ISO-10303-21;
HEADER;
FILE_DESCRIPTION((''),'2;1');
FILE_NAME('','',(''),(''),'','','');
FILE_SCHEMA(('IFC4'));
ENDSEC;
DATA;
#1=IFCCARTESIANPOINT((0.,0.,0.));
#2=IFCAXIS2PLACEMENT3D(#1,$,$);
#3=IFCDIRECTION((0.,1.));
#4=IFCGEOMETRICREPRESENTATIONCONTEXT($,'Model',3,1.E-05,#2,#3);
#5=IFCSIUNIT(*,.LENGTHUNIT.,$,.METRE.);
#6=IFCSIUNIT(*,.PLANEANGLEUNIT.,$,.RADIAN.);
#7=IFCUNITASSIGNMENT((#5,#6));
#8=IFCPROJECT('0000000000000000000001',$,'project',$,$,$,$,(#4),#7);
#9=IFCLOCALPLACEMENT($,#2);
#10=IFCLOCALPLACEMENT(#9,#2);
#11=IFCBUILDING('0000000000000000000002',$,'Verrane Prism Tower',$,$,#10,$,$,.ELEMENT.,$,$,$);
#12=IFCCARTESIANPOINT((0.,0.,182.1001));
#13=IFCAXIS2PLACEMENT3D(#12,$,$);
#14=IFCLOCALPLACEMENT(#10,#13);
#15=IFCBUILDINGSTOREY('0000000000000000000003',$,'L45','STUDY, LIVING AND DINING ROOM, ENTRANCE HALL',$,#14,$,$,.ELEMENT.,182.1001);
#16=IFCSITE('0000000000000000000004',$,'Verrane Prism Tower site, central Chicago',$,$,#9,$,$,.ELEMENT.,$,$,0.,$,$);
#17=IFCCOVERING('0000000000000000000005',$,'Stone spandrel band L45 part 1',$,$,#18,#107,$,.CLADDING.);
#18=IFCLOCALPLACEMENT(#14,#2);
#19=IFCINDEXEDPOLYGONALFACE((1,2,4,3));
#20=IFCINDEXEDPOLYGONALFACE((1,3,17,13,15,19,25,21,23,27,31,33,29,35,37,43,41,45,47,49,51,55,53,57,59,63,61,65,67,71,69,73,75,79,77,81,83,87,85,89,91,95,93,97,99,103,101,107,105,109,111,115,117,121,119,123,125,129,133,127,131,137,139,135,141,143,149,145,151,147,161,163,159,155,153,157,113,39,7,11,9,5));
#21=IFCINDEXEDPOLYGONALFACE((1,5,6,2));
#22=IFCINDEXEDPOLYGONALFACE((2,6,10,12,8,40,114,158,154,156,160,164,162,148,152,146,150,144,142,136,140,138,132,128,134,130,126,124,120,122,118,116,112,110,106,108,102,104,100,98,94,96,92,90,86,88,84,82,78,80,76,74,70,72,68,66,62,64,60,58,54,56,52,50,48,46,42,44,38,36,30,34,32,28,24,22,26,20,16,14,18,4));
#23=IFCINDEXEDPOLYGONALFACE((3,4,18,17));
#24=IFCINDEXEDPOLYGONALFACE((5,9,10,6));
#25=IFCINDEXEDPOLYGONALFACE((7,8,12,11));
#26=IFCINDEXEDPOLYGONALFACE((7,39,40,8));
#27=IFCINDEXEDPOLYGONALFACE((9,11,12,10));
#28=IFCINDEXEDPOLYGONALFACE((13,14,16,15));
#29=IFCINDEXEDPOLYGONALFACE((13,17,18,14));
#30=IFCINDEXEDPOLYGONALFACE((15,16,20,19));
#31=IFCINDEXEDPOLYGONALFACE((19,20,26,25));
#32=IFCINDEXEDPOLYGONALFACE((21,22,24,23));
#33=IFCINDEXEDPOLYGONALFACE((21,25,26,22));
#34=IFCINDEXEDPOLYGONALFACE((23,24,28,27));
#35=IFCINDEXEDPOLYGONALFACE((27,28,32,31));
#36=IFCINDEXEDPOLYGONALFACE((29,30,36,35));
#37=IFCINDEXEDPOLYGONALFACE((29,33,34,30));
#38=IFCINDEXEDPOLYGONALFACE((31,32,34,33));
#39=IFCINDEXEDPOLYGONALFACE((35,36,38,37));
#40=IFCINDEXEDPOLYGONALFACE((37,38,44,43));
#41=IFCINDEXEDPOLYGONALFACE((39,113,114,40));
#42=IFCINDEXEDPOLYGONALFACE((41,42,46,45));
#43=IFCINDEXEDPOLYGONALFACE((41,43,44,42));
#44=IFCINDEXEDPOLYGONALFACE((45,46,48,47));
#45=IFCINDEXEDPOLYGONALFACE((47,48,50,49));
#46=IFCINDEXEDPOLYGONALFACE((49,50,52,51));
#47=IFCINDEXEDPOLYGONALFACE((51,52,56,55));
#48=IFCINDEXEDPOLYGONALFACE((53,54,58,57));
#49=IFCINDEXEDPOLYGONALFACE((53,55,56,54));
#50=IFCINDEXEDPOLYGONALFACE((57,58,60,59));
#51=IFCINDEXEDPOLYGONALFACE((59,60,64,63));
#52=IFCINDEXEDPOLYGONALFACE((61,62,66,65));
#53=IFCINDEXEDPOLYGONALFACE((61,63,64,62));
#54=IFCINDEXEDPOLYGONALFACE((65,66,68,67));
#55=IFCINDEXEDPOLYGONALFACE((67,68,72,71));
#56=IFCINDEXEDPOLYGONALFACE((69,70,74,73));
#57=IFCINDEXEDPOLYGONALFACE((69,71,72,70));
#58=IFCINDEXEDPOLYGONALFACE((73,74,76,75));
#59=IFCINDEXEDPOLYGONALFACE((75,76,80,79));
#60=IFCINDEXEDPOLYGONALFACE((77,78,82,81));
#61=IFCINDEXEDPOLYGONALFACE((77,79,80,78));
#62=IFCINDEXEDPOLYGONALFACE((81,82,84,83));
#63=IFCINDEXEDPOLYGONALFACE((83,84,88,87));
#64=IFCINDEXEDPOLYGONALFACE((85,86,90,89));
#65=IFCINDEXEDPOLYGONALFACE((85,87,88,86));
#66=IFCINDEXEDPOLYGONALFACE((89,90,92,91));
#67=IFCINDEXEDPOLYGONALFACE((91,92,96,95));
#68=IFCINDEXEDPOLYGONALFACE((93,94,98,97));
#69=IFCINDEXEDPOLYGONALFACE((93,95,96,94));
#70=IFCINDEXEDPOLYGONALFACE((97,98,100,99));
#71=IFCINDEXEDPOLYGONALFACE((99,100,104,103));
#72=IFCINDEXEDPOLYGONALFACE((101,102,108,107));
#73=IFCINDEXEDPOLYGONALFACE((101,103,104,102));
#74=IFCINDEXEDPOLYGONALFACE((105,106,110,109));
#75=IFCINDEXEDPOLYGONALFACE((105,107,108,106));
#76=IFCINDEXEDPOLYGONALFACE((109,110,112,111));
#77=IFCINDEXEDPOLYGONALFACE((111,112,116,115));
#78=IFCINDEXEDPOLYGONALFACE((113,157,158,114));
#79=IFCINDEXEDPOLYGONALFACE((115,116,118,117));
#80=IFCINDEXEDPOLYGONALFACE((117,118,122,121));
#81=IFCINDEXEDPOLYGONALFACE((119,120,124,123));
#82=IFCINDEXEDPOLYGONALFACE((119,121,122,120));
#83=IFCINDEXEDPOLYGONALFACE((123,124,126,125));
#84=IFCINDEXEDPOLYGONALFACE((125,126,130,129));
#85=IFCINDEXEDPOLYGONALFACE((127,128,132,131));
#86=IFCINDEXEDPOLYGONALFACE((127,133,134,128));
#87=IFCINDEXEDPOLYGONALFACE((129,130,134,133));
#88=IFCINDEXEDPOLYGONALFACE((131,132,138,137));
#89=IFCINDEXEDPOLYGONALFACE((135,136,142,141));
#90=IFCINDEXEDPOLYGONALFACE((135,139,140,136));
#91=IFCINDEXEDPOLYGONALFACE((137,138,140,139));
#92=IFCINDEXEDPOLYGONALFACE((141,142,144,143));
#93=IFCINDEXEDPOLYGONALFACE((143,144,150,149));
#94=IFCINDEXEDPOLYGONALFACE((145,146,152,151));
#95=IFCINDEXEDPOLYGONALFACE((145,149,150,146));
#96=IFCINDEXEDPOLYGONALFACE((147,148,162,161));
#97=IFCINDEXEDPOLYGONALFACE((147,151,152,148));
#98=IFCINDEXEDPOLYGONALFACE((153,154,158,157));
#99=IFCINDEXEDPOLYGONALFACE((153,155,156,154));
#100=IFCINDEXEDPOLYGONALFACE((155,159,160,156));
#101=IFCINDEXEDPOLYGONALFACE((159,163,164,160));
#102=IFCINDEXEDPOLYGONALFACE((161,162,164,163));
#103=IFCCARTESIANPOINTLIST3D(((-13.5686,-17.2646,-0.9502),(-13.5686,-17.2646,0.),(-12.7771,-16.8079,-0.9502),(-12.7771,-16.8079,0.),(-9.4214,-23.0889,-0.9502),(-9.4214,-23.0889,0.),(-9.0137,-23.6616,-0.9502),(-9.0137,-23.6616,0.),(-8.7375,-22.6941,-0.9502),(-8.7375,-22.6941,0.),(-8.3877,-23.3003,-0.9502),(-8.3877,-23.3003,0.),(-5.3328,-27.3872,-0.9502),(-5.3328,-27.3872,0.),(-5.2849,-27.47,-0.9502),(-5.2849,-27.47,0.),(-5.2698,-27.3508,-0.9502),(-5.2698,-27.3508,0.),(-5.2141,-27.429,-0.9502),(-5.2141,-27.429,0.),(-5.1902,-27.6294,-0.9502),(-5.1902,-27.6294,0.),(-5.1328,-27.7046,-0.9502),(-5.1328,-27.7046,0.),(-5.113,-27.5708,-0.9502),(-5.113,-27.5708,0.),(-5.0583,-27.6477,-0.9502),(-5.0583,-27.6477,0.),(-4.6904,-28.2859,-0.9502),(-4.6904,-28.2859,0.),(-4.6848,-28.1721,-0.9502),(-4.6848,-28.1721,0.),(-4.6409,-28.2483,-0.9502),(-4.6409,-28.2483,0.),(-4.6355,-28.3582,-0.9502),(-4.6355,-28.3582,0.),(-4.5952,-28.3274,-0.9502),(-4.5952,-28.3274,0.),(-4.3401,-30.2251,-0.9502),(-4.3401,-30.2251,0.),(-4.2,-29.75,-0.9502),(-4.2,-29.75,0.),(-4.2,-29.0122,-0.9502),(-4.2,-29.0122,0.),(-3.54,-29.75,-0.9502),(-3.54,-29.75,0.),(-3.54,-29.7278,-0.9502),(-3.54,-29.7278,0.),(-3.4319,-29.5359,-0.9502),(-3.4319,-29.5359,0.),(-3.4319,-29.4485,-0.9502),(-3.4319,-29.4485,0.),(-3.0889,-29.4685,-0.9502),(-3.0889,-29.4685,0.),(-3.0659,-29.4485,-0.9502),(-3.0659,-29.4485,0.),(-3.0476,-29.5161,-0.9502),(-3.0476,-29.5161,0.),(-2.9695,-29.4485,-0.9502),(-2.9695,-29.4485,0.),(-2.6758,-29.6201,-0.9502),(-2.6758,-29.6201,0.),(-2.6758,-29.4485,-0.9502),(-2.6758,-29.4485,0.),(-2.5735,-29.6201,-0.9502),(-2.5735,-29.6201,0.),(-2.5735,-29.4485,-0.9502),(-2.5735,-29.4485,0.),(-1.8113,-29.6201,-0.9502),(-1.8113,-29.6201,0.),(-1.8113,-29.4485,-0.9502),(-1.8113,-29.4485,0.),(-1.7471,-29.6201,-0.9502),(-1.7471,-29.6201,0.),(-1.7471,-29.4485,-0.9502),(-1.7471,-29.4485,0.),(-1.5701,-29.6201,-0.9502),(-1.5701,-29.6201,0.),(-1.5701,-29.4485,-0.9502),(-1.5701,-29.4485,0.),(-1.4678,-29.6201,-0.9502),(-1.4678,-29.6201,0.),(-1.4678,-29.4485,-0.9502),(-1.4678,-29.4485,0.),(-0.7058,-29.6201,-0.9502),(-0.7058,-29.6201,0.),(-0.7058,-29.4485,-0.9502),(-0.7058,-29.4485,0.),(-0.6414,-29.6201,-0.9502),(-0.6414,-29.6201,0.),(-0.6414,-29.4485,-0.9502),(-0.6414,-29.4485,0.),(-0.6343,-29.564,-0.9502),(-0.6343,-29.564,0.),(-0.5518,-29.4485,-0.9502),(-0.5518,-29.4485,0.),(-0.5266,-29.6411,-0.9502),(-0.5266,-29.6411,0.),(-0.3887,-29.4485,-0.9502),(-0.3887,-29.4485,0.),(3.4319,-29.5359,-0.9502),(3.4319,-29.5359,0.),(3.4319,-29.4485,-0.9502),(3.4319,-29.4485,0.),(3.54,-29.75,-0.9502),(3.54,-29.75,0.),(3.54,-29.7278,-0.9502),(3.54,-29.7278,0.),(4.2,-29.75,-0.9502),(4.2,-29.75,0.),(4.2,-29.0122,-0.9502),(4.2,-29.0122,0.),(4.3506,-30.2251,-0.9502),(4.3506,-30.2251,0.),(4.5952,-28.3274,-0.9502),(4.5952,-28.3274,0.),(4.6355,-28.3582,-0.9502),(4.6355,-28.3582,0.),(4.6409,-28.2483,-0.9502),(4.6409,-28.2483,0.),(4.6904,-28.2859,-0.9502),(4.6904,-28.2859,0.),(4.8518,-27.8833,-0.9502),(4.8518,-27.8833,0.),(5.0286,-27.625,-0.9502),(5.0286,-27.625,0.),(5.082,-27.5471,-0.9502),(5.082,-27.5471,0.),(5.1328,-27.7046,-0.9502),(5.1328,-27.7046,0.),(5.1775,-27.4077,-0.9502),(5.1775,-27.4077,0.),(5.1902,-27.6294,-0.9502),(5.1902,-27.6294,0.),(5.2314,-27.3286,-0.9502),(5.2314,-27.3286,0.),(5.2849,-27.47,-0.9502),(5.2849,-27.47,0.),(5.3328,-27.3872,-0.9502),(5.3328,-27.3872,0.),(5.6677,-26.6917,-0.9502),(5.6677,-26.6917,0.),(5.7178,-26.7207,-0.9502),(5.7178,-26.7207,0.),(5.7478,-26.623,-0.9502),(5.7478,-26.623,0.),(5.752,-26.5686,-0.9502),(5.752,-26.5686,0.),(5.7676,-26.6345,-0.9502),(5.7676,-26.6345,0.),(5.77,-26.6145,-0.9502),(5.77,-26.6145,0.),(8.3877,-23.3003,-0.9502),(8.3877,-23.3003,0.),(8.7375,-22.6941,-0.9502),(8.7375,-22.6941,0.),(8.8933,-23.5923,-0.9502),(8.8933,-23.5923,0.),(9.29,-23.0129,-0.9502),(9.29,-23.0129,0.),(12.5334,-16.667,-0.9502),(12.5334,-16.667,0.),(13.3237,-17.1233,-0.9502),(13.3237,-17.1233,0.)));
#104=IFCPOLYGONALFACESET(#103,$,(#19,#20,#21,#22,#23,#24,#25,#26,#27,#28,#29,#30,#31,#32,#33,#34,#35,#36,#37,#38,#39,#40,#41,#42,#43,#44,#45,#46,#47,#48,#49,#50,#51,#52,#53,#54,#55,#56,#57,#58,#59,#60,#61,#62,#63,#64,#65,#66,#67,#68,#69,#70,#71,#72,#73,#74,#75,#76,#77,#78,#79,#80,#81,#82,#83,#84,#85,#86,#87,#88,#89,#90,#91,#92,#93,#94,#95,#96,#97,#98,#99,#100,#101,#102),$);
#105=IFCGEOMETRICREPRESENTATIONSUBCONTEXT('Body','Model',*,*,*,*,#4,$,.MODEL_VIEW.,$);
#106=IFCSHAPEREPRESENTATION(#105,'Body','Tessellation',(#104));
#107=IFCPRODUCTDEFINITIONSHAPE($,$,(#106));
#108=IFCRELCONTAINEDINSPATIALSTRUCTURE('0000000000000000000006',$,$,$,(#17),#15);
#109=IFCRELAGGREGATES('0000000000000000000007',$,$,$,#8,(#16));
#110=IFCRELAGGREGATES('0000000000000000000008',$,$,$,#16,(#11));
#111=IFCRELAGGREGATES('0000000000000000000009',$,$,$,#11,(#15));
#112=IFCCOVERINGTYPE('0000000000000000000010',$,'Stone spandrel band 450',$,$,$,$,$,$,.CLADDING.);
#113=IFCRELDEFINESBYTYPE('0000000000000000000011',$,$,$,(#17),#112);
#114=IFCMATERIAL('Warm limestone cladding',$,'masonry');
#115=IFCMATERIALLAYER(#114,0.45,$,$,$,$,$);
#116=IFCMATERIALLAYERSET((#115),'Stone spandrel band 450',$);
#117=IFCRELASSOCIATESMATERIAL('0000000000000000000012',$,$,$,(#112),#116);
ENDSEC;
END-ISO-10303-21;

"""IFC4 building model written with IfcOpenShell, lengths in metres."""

from ifc_helpers import new_model, si_unit, direction, frame, origin, place, context, subcontext, project, spatial, polyline, outline, extrude, material, layer, layer_set, type_object, element, save


model = new_model("IFC4")

# Units and contexts
model_context = context("Model", 3, precision=1e-05, world=origin(), true_north=direction((0.0, 1.0)))
body_context = subcontext(model_context, "Body", "Model", "MODEL_VIEW")
ifc_project = project(units=[si_unit("LENGTHUNIT", "METRE"), si_unit("PLANEANGLEUNIT", "RADIAN")], contexts=[model_context])

# Site, building, storey
site_placement = place(None, origin())
site = spatial("IfcSite", under=ifc_project, at=site_placement, Name="Verrane Prism Tower site, central Chicago", CompositionType="ELEMENT", RefElevation=0.0)
building_placement = place(site_placement, origin())
building = spatial("IfcBuilding", under=site, at=building_placement, Name="Verrane Prism Tower", CompositionType="ELEMENT")
storey_placement = place(building_placement, frame((0.0, 0.0, 182.1001)))
storey = spatial("IfcBuildingStorey", under=building, at=storey_placement, Name="L45", Description="STUDY, LIVING AND DINING ROOM, ENTRANCE HALL", CompositionType="ELEMENT", Elevation=182.1001)

# Covering
ifc_material_1 = material(Name="Warm limestone cladding", Category="masonry")
ifc_layer_1 = layer(ifc_material_1, 0.45)
ifc_layer_set_1 = layer_set([ifc_layer_1], Name="Stone spandrel band 450")
covering_type = type_object("IfcCoveringType", Name="Stone spandrel band 450", PredefinedType="CLADDING", material=ifc_layer_set_1)
covering_1_placement = place(storey_placement, frame((0.0, 0.0, -0.9502)))
element("IfcCovering", 1, at=covering_1_placement, inside=storey, type_object=covering_type, Name="Stone spandrel band L45 part 1", PredefinedType="CLADDING", context=body_context, shape_type="SweptSolid", body=[
    extrude(outline(polyline([(4.3506, -30.2251), (8.8933, -23.5923), (8.3877, -23.3003), (8.7375, -22.6941), (9.29, -23.0129), (13.3237, -17.1233), (12.5334, -16.667), (5.752, -26.5686), (5.77, -26.6145), (5.7478, -26.623), (5.7676, -26.6345), (5.7178, -26.7207), (5.6677, -26.6917), (5.2314, -27.3286), (5.3328, -27.3872), (5.2849, -27.47), (5.1775, -27.4077), (5.082, -27.5471), (5.1902, -27.6294), (5.1328, -27.7046), (5.0286, -27.625), (4.8518, -27.8833), (4.6409, -28.2483), (4.6904, -28.2859), (4.6355, -28.3582), (4.5952, -28.3274), (4.2, -29.0122), (4.2, -29.75), (3.54, -29.75), (3.54, -29.7278), (3.4319, -29.5359), (3.4319, -29.4485), (-0.3887, -29.4485), (-0.5266, -29.6411), (-0.6343, -29.564), (-0.5518, -29.4485), (-0.6414, -29.4485), (-0.6414, -29.6201), (-0.7058, -29.6201), (-0.7058, -29.4485), (-1.4678, -29.4485), (-1.4678, -29.6201), (-1.5701, -29.6201), (-1.5701, -29.4485), (-1.7471, -29.4485), (-1.7471, -29.6201), (-1.8113, -29.6201), (-1.8113, -29.4485), (-2.5735, -29.4485), (-2.5735, -29.6201), (-2.6758, -29.6201), (-2.6758, -29.4485), (-2.9695, -29.4485), (-3.0476, -29.5161), (-3.0889, -29.4685), (-3.0659, -29.4485), (-3.4319, -29.4485), (-3.4319, -29.5359), (-3.54, -29.7278), (-3.54, -29.75), (-4.2, -29.75), (-4.2, -29.0122), (-4.5952, -28.3274), (-4.6355, -28.3582), (-4.6904, -28.2859), (-4.6409, -28.2483), (-4.6848, -28.1721), (-5.0583, -27.6477), (-5.1328, -27.7046), (-5.1902, -27.6294), (-5.113, -27.5708), (-5.2141, -27.429), (-5.2849, -27.47), (-5.3328, -27.3872), (-5.2698, -27.3508), (-12.7771, -16.8079), (-13.5686, -17.2646), (-9.4214, -23.0889), (-8.7375, -22.6941), (-8.3877, -23.3003), (-9.0137, -23.6616), (-4.3401, -30.2251), (4.3506, -30.2251)])), origin(), (0.0, 0.0, 1.0), 0.9502),
])

save(model, "model.ifc")
